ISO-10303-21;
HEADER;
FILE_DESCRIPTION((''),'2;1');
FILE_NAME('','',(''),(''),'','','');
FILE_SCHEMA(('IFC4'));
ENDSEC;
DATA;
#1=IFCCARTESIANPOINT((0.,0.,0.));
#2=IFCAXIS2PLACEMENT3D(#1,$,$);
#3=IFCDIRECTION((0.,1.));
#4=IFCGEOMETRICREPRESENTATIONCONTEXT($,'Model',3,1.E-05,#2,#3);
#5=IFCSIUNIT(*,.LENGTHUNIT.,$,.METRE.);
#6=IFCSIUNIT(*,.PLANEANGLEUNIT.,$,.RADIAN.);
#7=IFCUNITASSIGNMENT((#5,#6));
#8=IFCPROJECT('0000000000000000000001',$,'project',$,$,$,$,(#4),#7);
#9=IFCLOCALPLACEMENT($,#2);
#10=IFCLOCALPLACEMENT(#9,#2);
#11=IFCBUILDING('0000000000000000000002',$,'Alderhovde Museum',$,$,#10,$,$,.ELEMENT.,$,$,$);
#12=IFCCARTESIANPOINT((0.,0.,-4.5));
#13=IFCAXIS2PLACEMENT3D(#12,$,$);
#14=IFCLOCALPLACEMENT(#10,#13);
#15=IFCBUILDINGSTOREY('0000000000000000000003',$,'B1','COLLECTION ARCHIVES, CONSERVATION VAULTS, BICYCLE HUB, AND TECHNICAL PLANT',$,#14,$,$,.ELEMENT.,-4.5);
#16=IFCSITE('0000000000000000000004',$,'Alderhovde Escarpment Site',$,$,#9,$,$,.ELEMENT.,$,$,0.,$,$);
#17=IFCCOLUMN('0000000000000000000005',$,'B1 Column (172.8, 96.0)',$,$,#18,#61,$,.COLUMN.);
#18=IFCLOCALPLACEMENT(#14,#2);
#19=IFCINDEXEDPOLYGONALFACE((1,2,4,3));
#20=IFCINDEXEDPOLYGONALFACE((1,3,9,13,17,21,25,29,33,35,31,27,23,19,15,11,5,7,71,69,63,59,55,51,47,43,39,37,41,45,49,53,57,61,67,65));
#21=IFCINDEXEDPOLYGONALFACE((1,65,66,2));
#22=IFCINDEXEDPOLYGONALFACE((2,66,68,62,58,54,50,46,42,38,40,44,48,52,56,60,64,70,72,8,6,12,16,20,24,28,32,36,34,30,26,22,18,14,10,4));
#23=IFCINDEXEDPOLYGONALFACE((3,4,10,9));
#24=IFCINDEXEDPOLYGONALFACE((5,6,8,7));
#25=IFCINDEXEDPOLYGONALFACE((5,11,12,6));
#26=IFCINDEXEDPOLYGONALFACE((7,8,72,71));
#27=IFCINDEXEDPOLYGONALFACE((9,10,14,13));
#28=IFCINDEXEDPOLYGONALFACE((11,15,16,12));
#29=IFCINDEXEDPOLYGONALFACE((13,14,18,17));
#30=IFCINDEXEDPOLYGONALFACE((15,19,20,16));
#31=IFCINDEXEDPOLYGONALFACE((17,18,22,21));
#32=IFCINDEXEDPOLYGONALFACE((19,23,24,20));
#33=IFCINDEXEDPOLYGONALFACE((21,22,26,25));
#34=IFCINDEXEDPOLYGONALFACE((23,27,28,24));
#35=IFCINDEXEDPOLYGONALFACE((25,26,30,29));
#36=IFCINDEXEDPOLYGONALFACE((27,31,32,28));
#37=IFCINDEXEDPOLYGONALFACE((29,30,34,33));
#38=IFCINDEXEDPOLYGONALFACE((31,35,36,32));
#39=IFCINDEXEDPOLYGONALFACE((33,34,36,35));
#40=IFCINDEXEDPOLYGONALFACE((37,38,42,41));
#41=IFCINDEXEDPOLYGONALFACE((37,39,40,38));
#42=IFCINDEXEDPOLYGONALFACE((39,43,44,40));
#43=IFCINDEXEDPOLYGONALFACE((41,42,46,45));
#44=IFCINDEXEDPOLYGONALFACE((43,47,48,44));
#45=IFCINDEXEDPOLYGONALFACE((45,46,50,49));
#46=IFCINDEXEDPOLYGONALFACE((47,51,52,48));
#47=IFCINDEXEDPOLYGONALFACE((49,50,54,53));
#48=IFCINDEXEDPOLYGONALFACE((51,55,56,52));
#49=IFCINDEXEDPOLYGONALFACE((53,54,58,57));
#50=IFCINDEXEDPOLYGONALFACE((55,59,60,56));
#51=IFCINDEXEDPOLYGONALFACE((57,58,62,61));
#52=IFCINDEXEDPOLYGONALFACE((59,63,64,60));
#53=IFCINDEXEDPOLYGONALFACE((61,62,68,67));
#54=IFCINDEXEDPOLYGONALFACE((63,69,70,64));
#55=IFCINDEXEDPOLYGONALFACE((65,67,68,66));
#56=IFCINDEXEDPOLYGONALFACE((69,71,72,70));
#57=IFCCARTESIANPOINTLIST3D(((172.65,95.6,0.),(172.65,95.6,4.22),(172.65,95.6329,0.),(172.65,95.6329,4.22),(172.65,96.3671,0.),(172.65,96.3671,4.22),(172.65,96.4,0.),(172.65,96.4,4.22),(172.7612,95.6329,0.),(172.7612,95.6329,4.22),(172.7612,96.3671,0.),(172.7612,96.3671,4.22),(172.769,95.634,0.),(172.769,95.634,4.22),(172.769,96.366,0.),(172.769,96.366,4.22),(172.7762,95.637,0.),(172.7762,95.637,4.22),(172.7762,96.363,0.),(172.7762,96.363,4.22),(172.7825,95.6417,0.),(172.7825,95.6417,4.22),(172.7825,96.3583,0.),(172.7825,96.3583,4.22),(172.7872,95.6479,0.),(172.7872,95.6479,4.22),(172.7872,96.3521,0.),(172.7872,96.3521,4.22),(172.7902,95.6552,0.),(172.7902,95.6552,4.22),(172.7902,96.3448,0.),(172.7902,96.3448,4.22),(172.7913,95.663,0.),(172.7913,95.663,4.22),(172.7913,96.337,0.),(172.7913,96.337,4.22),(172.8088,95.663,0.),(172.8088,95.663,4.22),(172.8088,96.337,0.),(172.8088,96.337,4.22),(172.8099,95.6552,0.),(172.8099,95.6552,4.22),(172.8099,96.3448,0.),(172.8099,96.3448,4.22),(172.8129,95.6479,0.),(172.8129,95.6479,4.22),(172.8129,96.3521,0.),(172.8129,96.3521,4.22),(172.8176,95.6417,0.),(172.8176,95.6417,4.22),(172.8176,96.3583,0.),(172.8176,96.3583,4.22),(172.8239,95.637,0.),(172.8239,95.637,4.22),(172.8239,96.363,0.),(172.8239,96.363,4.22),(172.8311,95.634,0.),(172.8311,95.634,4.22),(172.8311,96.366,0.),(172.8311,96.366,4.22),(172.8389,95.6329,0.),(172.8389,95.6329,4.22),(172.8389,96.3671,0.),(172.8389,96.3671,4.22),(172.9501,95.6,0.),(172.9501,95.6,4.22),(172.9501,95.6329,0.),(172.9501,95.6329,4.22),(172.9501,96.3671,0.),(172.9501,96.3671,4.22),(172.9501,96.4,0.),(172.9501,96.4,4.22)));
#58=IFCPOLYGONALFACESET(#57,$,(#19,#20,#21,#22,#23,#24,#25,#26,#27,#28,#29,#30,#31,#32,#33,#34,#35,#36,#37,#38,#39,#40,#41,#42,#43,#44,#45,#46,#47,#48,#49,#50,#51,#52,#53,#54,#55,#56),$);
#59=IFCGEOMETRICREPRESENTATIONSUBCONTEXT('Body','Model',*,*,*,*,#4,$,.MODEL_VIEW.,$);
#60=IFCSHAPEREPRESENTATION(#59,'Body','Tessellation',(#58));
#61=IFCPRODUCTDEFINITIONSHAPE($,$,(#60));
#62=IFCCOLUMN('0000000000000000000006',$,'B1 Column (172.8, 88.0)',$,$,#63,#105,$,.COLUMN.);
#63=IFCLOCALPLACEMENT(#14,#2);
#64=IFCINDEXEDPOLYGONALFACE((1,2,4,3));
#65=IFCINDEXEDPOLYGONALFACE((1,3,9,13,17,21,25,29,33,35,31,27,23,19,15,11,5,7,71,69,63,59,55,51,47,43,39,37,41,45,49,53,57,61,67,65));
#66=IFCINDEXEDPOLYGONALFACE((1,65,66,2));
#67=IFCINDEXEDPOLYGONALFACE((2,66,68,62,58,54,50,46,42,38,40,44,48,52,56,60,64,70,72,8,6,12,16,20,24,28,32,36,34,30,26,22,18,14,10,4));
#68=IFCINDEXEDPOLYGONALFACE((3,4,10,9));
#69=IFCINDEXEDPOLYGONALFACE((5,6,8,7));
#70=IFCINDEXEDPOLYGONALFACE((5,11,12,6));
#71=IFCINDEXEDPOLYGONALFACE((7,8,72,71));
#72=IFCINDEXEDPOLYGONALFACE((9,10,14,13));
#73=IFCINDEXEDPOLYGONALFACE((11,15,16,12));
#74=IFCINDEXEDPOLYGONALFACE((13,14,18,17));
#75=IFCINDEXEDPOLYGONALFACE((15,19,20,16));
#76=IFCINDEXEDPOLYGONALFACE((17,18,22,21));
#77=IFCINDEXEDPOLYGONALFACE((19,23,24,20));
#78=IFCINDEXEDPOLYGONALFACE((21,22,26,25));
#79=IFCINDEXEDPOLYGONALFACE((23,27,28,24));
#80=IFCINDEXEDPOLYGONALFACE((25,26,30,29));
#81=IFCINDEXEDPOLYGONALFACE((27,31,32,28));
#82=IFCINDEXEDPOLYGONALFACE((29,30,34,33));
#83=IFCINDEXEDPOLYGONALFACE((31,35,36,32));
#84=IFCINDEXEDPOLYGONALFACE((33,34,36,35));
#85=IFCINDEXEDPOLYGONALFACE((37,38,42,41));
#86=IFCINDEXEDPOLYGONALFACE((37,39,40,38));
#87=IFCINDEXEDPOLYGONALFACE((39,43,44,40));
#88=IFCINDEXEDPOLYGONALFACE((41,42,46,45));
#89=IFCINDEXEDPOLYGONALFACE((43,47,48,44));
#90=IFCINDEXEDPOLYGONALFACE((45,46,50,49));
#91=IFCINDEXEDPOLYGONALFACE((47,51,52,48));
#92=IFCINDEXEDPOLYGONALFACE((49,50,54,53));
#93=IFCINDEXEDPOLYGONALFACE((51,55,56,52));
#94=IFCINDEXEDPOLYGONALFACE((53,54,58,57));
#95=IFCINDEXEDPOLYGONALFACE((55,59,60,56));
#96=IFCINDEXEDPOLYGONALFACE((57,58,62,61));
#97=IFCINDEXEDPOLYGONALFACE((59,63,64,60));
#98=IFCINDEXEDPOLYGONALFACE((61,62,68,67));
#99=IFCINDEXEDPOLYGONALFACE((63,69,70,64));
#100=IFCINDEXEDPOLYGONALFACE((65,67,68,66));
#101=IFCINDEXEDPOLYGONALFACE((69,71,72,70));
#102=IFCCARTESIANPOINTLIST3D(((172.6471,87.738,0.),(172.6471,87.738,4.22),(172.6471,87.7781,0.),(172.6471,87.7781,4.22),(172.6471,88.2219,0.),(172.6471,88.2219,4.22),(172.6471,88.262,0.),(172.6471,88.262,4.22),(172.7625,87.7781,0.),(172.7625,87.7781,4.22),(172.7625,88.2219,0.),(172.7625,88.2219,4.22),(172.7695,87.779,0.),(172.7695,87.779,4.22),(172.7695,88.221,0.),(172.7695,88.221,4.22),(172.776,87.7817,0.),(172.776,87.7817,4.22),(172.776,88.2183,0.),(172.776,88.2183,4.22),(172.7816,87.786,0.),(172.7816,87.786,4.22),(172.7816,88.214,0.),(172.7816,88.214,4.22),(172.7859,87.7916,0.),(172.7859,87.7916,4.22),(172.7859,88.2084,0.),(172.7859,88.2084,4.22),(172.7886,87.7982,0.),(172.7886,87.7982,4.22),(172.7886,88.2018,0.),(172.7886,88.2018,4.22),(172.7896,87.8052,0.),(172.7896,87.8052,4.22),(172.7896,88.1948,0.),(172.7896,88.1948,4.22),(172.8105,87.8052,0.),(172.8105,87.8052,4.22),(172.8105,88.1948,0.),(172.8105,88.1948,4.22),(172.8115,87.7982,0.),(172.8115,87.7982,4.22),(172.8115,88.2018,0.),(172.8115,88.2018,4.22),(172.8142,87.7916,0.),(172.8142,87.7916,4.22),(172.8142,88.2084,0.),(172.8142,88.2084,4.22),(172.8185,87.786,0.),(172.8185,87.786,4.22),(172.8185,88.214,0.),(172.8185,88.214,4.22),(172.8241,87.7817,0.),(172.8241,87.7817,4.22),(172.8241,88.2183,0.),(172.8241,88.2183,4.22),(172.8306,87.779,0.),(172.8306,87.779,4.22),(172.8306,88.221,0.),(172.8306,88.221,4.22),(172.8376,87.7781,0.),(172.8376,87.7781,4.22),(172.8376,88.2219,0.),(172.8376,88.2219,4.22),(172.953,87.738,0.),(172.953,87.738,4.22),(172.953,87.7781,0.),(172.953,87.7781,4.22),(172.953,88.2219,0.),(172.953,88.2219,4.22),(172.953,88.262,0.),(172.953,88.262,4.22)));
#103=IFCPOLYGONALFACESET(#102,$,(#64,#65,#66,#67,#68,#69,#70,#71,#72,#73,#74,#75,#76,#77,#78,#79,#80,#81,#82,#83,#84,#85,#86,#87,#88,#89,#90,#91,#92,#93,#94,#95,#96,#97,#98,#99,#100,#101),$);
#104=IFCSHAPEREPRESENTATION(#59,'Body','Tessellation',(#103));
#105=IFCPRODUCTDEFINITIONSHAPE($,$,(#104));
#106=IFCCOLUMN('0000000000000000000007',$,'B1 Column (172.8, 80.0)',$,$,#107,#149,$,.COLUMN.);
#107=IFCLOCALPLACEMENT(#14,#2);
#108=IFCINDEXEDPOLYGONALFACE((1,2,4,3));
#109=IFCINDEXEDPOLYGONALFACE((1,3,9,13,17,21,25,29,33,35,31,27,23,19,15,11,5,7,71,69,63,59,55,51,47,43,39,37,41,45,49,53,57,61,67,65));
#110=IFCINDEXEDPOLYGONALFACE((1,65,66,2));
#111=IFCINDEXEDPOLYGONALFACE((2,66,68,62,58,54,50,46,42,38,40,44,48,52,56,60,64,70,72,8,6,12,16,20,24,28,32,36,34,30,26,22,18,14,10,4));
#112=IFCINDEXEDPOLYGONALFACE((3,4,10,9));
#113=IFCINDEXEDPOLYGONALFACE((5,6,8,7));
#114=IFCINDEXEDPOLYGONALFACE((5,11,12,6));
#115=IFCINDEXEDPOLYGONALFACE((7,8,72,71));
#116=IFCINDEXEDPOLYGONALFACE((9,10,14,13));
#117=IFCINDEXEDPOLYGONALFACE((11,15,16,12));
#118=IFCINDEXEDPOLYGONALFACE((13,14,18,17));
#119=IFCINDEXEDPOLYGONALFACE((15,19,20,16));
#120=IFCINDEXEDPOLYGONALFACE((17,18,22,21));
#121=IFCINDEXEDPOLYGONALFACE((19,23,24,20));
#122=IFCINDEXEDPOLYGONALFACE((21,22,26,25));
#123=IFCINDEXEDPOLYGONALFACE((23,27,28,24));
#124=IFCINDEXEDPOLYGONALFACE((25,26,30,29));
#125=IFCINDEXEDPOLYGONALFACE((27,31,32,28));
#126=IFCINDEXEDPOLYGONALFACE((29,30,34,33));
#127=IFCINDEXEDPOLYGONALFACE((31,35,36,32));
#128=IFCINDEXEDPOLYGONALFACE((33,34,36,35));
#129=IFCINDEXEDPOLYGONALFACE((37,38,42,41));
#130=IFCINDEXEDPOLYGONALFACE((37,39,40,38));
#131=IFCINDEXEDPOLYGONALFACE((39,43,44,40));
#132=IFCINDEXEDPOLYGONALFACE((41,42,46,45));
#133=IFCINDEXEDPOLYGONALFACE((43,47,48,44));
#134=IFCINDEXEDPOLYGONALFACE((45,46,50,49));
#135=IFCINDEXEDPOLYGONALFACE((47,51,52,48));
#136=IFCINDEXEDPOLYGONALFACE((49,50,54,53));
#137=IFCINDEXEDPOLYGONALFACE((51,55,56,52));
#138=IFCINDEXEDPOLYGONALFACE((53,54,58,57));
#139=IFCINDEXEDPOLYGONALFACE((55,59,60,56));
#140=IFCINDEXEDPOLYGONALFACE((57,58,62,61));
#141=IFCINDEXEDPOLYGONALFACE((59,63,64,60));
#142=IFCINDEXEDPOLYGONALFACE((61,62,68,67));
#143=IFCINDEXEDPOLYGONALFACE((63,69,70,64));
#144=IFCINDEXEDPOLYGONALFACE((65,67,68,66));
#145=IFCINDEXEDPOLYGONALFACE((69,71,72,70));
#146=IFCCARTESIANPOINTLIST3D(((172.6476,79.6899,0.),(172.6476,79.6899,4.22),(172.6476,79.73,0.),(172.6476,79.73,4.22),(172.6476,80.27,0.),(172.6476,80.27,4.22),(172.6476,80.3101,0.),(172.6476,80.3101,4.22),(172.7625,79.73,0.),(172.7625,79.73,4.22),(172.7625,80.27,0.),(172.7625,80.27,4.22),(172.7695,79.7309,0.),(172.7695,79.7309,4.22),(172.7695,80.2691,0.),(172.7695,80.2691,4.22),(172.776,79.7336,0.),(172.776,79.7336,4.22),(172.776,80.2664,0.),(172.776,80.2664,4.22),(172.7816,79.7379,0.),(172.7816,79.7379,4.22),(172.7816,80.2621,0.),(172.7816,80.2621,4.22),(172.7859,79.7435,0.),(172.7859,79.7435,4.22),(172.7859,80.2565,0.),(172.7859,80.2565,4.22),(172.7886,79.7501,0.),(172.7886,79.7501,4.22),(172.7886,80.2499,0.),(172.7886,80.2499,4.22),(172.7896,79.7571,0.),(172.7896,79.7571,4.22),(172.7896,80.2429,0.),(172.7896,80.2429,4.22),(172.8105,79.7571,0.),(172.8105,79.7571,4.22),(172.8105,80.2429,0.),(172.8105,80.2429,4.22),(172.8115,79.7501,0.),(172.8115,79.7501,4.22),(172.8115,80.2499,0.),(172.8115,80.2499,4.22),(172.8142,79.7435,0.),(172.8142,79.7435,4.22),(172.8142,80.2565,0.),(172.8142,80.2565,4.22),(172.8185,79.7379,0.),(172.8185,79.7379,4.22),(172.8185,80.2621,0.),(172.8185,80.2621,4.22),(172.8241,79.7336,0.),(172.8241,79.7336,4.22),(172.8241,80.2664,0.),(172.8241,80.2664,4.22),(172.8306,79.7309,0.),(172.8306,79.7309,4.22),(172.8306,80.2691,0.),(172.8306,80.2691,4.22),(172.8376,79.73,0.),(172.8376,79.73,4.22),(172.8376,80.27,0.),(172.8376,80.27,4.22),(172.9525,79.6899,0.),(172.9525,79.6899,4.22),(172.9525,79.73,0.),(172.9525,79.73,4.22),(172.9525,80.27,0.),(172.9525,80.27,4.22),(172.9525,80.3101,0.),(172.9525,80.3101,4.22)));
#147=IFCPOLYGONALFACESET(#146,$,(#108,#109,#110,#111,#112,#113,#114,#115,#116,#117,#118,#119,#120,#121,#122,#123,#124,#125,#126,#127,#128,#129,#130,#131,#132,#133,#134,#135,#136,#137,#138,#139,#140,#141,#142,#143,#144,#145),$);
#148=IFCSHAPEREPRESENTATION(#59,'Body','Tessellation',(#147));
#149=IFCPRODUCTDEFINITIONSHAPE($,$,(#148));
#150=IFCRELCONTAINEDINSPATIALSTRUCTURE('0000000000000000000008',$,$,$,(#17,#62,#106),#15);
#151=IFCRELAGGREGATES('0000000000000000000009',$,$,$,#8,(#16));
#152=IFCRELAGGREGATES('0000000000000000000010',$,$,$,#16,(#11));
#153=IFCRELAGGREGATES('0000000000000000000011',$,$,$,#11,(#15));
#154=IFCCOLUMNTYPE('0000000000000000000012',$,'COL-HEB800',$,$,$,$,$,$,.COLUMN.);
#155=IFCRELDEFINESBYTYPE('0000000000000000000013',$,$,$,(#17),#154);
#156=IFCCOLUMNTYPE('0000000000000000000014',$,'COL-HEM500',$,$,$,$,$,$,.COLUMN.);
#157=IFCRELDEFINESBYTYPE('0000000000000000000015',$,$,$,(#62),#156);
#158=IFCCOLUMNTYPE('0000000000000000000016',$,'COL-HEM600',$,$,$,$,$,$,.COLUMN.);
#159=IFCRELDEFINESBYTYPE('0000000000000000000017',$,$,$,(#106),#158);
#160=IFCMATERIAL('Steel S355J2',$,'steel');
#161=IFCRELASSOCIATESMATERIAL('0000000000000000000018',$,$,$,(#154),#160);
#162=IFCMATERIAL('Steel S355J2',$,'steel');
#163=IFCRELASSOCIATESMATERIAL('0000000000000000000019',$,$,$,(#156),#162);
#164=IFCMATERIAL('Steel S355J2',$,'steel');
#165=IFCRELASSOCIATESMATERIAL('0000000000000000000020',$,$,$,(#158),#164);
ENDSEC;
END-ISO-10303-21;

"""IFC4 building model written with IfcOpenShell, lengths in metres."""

from ifc_helpers import new_model, si_unit, direction, frame, origin, origin_2d, place, context, subcontext, project, spatial, i_section, extrude, material, material_profile, profile_set, type_object, element, save


model = new_model("IFC4")

# Units and contexts
model_context = context("Model", 3, precision=1e-05, world=origin(), true_north=direction((0.0, 1.0)))
body_context = subcontext(model_context, "Body", "Model", "MODEL_VIEW")
ifc_project = project(units=[si_unit("LENGTHUNIT", "METRE"), si_unit("PLANEANGLEUNIT", "RADIAN")], contexts=[model_context])

# Site, building, storey
site_placement = place(None, origin())
site = spatial("IfcSite", under=ifc_project, at=site_placement, Name="Alderhovde Escarpment Site", CompositionType="ELEMENT", RefElevation=0.0)
building_placement = place(site_placement, origin())
building = spatial("IfcBuilding", under=site, at=building_placement, Name="Alderhovde Museum", CompositionType="ELEMENT")
storey_placement = place(building_placement, frame((0.0, 0.0, -4.5)))
storey = spatial("IfcBuildingStorey", under=building, at=storey_placement, Name="B1", Description="COLLECTION ARCHIVES, CONSERVATION VAULTS, BICYCLE HUB, AND TECHNICAL PLANT", CompositionType="ELEMENT", Elevation=-4.5)

# Columns
ifc_material_1 = material(Name="Steel S355J2", Category="steel")
ifc_material_profile_1 = material_profile(ifc_material_1, i_section(OverallWidth=0.3, OverallDepth=0.8, WebThickness=0.0176, FlangeThickness=0.033, FilletRadius=0.03, at=origin_2d()), Name="HEB 800")
ifc_profile_set_1 = profile_set([ifc_material_profile_1], Name="Steel S355J2")
column_type_1 = type_object("IfcColumnType", Name="COL-HEB800", PredefinedType="COLUMN", material=ifc_profile_set_1)
column_1_placement = place(storey_placement, frame((172.8, 96.0, 0.0), z_axis=(0.0, 0.0, 1.0), x_axis=(1.0, 0.0, 0.0)))
element("IfcColumn", 1, at=column_1_placement, inside=storey, type_object=column_type_1, Name="B1 Column (172.8, 96.0)", PredefinedType="COLUMN", context=body_context, shape_type="SweptSolid", body=[
    extrude(i_section(OverallWidth=0.3, OverallDepth=0.8, WebThickness=0.0176, FlangeThickness=0.033, FilletRadius=0.03, at=origin_2d()), origin(), (0.0, 0.0, 1.0), 4.22),
])
ifc_material_2 = material(Name="Steel S355J2", Category="steel")
ifc_material_profile_2 = material_profile(ifc_material_2, i_section(OverallWidth=0.3059, OverallDepth=0.5239, WebThickness=0.021, FlangeThickness=0.04, FilletRadius=0.0271, at=origin_2d()), Name="HEM 500")
ifc_profile_set_2 = profile_set([ifc_material_profile_2], Name="Steel S355J2")
column_type_2 = type_object("IfcColumnType", Name="COL-HEM500", PredefinedType="COLUMN", material=ifc_profile_set_2)
column_2_placement = place(storey_placement, frame((172.8, 88.0, 0.0), z_axis=(0.0, 0.0, 1.0), x_axis=(1.0, 0.0, 0.0)))
element("IfcColumn", 2, at=column_2_placement, inside=storey, type_object=column_type_2, Name="B1 Column (172.8, 88.0)", PredefinedType="COLUMN", context=body_context, shape_type="SweptSolid", body=[
    extrude(i_section(OverallWidth=0.3059, OverallDepth=0.5239, WebThickness=0.021, FlangeThickness=0.04, FilletRadius=0.0271, at=origin_2d()), origin(), (0.0, 0.0, 1.0), 4.22),
])
ifc_material_3 = material(Name="Steel S355J2", Category="steel")
ifc_material_profile_3 = material_profile(ifc_material_3, i_section(OverallWidth=0.3049, OverallDepth=0.6201, WebThickness=0.021, FlangeThickness=0.04, FilletRadius=0.0271, at=origin_2d()), Name="HEM 600")
ifc_profile_set_3 = profile_set([ifc_material_profile_3], Name="Steel S355J2")
column_type_3 = type_object("IfcColumnType", Name="COL-HEM600", PredefinedType="COLUMN", material=ifc_profile_set_3)
column_3_placement = place(storey_placement, frame((172.8, 80.0, 0.0), z_axis=(0.0, 0.0, 1.0), x_axis=(1.0, 0.0, 0.0)))
element("IfcColumn", 3, at=column_3_placement, inside=storey, type_object=column_type_3, Name="B1 Column (172.8, 80.0)", PredefinedType="COLUMN", context=body_context, shape_type="SweptSolid", body=[
    extrude(i_section(OverallWidth=0.3049, OverallDepth=0.6201, WebThickness=0.021, FlangeThickness=0.04, FilletRadius=0.0271, at=origin_2d()), origin(), (0.0, 0.0, 1.0), 4.22),
])

save(model, "model.ifc")
